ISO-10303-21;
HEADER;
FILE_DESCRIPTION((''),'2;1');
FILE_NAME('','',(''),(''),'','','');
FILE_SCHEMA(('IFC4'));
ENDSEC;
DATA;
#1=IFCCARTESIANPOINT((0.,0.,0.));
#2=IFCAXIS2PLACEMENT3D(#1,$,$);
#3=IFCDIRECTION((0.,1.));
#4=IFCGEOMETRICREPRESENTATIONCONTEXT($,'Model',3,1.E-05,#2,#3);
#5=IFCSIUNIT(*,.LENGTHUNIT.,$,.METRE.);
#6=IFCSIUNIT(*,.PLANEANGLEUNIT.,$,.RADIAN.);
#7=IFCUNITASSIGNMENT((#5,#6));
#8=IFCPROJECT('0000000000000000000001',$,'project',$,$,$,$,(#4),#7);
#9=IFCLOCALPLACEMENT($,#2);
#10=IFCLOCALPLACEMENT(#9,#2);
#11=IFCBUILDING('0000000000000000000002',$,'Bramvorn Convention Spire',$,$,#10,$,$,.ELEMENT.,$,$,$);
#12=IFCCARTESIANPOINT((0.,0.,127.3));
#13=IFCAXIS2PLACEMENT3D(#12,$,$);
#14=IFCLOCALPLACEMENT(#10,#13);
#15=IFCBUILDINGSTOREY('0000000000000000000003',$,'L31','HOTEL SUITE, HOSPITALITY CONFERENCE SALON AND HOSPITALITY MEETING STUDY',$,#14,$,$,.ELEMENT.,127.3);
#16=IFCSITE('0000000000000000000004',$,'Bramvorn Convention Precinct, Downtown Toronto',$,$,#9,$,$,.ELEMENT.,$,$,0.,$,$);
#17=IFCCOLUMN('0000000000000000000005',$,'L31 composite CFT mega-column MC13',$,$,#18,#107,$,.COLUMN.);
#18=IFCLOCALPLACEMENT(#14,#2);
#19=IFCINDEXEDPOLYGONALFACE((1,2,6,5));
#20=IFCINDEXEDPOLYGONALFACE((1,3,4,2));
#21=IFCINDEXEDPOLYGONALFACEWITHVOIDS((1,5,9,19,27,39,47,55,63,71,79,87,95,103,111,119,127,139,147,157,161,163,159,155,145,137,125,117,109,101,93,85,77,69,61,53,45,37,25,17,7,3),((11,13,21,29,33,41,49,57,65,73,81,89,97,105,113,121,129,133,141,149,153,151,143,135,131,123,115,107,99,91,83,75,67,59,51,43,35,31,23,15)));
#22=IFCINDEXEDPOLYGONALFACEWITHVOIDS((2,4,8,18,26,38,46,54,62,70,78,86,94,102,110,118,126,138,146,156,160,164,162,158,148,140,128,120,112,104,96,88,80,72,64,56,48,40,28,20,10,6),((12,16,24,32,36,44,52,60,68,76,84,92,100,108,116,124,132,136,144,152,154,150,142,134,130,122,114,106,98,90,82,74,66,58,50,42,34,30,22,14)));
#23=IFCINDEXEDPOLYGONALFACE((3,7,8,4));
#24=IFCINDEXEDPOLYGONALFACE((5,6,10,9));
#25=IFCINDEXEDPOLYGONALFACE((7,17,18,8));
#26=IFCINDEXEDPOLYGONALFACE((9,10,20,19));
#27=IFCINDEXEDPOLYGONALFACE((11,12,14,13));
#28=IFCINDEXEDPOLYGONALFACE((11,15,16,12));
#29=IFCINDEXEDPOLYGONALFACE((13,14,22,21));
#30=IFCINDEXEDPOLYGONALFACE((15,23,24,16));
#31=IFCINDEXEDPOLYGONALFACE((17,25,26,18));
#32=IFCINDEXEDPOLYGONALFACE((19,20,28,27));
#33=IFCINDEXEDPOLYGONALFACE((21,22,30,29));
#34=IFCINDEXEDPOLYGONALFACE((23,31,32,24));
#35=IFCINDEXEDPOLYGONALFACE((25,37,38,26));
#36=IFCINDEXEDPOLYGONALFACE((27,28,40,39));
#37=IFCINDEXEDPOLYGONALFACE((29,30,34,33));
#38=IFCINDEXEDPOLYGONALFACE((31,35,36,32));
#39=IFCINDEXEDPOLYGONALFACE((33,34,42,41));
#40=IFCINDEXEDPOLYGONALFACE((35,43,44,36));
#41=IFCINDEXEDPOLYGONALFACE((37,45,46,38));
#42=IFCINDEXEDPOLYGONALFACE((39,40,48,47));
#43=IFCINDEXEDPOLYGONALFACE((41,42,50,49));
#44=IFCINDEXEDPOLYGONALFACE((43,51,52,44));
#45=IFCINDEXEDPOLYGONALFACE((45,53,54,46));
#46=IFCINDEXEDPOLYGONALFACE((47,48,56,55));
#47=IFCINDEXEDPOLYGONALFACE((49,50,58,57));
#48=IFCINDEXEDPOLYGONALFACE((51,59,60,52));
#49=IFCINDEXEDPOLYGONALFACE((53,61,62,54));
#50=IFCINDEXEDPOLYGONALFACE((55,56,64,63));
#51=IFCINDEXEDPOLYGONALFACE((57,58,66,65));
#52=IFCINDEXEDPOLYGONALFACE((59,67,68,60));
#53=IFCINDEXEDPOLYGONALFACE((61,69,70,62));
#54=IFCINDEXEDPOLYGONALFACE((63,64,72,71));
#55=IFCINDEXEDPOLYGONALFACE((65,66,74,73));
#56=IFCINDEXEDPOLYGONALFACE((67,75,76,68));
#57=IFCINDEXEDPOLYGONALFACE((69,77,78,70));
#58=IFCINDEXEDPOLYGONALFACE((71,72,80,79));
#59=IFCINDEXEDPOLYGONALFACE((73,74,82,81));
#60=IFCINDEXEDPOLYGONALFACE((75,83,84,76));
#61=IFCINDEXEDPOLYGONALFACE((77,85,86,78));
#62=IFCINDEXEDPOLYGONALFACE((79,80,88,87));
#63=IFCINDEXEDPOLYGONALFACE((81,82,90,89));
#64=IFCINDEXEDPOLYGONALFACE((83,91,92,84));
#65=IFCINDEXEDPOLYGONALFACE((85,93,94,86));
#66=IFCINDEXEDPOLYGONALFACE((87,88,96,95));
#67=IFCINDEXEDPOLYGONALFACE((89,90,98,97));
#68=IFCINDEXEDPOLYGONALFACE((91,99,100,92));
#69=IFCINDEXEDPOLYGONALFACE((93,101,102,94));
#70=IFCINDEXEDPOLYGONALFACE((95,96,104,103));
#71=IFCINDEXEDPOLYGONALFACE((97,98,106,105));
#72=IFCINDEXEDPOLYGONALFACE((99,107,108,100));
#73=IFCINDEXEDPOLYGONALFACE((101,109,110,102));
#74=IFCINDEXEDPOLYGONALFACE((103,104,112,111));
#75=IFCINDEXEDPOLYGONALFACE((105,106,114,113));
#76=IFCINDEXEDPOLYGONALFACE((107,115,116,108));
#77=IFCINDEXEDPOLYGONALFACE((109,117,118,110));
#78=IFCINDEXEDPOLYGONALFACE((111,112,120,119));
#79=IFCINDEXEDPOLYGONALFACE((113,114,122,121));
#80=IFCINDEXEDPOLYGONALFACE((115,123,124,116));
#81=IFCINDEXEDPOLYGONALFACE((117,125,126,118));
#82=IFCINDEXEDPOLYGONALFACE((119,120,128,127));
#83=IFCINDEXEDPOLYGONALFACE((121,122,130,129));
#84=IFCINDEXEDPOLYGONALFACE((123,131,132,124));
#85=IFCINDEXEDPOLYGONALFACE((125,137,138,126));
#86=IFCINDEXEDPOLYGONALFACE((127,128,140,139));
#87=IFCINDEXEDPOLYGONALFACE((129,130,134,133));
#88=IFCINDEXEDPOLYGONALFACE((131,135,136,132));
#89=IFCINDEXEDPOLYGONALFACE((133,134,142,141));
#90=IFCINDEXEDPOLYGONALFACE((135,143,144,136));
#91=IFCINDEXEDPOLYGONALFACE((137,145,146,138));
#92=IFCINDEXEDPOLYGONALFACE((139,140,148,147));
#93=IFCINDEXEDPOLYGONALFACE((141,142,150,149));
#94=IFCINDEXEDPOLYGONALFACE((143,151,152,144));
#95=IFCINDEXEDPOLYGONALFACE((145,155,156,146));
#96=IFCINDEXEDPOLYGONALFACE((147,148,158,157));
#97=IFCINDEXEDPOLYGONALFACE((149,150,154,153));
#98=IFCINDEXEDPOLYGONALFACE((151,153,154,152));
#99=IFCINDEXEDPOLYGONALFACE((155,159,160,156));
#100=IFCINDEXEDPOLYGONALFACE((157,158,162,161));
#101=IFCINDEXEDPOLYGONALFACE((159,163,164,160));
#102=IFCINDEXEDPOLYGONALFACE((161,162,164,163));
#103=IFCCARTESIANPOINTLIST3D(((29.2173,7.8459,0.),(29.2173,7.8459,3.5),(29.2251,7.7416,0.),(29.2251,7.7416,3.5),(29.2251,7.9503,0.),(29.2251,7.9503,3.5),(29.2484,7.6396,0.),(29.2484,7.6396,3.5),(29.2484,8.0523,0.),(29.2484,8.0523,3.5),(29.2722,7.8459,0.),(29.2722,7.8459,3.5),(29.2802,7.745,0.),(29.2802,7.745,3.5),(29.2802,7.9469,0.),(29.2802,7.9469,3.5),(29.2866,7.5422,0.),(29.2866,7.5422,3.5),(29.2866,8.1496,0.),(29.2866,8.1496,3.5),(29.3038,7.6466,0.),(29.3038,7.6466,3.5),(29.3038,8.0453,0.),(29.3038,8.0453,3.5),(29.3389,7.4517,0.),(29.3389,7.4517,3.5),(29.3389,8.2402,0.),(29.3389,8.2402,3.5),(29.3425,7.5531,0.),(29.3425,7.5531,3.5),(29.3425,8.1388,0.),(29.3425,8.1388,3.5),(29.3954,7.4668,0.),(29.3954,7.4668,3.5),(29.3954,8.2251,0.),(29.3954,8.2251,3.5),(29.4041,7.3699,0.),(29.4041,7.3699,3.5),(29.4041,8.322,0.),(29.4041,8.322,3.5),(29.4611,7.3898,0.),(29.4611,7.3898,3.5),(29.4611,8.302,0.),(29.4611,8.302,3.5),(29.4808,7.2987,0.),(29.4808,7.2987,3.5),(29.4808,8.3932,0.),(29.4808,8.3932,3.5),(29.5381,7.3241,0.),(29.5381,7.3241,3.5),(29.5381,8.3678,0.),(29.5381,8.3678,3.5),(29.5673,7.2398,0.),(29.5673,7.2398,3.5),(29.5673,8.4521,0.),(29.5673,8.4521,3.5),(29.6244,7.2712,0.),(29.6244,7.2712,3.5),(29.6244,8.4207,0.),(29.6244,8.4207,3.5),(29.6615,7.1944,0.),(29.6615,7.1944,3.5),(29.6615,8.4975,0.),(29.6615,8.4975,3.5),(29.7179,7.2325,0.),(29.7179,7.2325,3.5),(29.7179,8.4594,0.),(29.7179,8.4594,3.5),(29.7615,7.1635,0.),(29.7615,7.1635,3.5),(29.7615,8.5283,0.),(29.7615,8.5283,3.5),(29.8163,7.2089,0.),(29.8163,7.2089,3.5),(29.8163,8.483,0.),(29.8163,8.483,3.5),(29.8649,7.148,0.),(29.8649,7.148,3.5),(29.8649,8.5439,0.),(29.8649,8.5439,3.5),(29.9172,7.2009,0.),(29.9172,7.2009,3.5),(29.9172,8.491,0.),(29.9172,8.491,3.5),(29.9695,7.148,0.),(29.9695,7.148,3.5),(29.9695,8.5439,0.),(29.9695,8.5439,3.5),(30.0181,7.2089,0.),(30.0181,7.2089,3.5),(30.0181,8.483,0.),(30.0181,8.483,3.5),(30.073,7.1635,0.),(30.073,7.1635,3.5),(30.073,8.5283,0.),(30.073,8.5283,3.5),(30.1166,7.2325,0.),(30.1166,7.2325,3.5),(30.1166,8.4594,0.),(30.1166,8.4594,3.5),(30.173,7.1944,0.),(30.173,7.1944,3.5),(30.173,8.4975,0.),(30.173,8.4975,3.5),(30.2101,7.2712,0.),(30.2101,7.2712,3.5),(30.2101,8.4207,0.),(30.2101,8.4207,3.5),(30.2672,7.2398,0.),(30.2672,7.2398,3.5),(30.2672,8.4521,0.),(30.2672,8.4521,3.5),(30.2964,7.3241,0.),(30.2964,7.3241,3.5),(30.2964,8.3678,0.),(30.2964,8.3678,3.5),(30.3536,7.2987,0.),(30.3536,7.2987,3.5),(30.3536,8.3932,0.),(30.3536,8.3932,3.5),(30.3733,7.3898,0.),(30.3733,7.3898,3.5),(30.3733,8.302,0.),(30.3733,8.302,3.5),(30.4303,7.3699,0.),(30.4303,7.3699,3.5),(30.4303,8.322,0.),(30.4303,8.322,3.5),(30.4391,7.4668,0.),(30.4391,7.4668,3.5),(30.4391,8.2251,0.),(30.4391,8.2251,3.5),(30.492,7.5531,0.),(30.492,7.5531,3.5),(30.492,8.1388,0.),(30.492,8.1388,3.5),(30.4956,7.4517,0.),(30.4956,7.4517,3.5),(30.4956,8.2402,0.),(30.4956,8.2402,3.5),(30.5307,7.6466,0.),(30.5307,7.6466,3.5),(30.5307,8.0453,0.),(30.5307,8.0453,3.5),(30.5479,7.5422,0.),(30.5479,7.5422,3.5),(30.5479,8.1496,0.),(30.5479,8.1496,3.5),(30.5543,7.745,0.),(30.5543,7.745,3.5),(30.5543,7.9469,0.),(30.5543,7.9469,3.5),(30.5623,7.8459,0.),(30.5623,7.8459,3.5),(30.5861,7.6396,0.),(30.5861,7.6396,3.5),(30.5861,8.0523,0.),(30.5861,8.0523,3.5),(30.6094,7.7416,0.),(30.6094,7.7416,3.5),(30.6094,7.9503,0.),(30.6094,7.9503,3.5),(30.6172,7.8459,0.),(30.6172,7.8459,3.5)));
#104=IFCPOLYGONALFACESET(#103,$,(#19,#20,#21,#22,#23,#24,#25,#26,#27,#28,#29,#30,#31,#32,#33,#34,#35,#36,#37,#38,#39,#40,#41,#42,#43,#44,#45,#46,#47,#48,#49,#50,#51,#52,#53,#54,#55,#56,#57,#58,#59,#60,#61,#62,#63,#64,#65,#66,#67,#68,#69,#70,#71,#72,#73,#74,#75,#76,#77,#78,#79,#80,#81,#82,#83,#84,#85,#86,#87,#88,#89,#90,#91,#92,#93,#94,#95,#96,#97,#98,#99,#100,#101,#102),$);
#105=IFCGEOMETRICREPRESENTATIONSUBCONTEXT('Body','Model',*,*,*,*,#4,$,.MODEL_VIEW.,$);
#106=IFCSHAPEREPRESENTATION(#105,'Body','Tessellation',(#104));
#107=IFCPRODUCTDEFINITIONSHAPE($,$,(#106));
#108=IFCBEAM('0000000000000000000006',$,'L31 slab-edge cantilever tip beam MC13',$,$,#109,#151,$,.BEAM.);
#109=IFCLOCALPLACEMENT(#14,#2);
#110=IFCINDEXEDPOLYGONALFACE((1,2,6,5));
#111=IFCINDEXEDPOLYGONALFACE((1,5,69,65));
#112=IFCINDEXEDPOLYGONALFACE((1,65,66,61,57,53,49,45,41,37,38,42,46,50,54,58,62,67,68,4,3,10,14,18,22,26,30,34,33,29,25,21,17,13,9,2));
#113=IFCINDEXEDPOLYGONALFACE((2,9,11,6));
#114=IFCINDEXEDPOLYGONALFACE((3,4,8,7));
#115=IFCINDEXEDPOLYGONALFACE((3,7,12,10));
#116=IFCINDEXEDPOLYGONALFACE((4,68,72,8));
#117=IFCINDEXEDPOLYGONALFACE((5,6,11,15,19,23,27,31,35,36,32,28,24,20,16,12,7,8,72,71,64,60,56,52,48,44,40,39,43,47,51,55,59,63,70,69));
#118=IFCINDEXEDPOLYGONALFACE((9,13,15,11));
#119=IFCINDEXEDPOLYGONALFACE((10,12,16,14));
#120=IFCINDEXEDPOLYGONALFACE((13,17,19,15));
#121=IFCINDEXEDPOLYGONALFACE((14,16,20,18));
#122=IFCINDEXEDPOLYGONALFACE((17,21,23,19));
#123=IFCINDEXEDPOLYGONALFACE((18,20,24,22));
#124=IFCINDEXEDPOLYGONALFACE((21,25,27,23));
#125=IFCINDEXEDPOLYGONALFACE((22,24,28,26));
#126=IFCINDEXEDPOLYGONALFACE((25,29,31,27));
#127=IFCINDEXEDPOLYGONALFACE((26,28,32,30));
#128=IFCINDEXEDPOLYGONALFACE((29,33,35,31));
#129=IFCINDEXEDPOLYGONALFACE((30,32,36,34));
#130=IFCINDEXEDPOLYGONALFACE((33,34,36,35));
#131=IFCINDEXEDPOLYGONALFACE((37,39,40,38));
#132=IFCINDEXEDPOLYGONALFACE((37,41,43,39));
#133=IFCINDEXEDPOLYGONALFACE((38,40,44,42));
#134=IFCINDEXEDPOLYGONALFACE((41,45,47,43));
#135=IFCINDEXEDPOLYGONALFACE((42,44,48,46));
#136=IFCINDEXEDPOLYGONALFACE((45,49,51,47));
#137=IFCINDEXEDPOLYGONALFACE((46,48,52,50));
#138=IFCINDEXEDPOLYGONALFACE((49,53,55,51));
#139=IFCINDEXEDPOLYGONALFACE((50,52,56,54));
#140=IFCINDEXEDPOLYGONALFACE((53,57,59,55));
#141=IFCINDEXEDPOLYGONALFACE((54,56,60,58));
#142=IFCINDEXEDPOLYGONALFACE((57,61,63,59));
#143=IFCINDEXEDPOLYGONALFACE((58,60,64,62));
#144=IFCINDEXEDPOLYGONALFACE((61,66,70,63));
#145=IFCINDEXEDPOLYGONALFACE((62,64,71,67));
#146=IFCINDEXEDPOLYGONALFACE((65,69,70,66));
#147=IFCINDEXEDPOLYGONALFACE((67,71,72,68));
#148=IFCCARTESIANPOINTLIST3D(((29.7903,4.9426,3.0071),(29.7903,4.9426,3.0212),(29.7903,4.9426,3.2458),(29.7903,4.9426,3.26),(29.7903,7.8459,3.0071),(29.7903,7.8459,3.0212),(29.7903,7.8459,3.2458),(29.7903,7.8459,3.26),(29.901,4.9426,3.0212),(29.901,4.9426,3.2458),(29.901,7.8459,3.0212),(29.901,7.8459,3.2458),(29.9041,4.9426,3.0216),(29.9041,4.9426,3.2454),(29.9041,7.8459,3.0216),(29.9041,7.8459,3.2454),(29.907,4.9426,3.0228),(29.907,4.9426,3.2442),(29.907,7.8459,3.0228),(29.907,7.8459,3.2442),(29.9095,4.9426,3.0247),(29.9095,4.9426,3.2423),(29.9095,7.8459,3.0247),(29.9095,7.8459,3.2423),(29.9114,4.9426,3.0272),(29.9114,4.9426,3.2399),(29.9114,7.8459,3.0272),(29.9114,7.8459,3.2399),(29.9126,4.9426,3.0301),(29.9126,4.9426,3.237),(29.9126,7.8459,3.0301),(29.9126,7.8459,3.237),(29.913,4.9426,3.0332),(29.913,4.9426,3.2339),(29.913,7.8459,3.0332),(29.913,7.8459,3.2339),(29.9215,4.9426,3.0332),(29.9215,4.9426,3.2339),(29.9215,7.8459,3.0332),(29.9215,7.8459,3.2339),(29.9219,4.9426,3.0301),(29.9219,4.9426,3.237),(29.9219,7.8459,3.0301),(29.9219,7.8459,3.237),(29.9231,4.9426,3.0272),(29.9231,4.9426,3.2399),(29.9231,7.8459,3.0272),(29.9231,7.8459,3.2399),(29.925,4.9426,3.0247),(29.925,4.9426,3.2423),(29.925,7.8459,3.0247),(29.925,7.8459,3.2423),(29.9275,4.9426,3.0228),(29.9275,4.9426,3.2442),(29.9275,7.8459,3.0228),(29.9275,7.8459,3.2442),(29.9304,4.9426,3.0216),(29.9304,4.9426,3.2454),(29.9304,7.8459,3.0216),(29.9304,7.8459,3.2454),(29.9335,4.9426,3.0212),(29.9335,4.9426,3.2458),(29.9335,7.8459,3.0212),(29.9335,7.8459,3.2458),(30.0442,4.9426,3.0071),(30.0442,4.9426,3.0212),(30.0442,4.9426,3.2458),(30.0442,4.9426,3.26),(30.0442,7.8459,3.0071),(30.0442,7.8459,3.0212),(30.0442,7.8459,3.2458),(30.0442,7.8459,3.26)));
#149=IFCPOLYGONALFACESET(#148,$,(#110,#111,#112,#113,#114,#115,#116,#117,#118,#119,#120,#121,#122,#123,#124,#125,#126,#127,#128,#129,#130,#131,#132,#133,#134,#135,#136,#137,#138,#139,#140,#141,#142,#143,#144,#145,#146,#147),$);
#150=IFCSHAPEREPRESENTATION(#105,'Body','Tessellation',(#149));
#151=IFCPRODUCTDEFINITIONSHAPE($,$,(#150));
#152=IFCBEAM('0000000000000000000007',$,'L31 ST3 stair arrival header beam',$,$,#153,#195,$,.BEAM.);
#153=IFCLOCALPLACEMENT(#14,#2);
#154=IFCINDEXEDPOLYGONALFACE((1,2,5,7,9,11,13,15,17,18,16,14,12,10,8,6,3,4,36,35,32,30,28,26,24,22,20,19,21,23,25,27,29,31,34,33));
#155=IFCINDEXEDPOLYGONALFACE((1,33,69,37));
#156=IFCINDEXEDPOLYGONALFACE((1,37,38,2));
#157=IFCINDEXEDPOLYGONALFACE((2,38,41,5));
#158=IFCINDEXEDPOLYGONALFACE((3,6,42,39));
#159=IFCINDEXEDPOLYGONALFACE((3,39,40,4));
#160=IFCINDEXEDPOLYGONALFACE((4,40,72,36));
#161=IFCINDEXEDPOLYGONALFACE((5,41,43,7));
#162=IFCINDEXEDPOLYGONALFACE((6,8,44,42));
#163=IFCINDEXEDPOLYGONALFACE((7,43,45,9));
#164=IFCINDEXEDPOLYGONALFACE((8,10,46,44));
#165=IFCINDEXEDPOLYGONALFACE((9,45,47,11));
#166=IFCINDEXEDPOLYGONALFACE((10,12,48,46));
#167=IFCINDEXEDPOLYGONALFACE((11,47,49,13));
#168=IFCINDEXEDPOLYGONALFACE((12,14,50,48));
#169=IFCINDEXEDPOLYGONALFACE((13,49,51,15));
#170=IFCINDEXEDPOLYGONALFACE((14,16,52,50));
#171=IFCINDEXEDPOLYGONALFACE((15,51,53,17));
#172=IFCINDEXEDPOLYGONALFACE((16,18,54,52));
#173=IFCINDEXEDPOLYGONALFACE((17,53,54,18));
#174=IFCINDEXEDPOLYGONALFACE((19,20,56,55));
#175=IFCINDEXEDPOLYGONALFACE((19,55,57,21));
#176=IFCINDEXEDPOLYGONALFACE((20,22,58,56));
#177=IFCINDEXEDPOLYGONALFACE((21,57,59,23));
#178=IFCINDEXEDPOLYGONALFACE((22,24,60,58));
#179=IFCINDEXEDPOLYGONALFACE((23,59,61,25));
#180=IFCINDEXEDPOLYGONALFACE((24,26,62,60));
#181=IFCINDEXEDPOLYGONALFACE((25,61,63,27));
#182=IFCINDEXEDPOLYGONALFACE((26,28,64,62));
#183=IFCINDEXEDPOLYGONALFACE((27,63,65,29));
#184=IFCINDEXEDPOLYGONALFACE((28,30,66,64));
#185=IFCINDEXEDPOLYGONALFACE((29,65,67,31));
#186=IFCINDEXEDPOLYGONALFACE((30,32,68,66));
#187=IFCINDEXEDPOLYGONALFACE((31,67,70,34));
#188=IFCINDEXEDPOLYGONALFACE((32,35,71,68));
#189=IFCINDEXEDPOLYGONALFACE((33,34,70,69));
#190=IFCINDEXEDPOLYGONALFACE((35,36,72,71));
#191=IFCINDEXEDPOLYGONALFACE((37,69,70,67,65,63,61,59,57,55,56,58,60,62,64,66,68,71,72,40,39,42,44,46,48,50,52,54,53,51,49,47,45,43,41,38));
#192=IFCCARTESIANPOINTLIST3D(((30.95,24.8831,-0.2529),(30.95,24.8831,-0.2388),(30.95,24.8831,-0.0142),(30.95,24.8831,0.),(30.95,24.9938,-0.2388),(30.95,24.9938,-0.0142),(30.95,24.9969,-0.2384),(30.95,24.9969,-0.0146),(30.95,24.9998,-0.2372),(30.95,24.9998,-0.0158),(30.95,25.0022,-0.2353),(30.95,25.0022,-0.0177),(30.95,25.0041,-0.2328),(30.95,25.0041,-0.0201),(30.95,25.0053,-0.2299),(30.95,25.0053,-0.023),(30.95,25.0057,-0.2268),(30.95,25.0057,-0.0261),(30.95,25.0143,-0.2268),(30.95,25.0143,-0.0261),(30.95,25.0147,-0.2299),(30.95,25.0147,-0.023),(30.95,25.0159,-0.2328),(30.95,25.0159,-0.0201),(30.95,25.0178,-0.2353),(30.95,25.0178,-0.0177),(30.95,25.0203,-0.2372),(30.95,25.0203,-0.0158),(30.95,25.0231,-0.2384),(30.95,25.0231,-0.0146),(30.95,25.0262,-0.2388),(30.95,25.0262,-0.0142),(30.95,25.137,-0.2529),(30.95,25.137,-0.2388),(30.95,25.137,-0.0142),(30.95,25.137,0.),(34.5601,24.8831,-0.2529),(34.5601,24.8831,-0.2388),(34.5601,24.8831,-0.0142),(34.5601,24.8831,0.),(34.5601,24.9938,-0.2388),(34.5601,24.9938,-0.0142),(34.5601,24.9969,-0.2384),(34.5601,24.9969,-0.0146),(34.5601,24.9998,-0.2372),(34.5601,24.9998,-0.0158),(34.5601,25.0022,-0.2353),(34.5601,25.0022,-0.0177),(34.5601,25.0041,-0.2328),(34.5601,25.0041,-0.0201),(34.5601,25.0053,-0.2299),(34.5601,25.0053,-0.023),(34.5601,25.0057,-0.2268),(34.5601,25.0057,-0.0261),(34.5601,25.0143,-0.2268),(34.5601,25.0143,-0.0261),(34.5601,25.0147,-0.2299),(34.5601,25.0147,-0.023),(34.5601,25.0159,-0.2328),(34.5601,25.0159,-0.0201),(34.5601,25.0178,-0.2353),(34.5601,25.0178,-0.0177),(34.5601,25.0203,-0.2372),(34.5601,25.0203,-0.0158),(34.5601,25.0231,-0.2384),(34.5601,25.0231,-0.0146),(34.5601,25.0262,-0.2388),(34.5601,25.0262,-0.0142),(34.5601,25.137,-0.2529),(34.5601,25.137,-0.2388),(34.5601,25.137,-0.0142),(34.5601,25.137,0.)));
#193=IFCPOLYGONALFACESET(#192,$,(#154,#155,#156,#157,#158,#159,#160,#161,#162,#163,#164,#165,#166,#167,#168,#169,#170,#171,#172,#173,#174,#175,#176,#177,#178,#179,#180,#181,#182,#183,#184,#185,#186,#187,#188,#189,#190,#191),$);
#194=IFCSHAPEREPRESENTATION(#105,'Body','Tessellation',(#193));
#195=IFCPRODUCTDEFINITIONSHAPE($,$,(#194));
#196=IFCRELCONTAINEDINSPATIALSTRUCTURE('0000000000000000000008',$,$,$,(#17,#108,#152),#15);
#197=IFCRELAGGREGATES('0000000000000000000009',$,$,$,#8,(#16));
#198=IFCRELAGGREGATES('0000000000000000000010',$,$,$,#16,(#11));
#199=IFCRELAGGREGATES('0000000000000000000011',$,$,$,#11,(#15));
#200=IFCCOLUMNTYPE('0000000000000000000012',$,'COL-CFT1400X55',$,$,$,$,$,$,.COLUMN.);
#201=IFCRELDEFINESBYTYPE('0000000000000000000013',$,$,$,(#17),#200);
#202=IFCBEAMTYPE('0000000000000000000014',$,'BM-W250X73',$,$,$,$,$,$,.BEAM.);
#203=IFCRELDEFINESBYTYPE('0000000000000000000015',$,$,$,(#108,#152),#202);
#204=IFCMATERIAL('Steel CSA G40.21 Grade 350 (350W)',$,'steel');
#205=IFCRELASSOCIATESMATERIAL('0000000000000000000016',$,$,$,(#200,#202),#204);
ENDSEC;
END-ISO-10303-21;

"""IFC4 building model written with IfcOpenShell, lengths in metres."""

from ifc_helpers import new_model, si_unit, direction, frame, origin, origin_2d, place, context, subcontext, project, spatial, hollow_circle, i_section, extrude, material, material_profile, profile_set, type_object, element, save


model = new_model("IFC4")

# Units and contexts
model_context = context("Model", 3, precision=1e-05, world=origin(), true_north=direction((0.0, 1.0)))
body_context = subcontext(model_context, "Body", "Model", "MODEL_VIEW")
ifc_project = project(units=[si_unit("LENGTHUNIT", "METRE"), si_unit("PLANEANGLEUNIT", "RADIAN")], contexts=[model_context])

# Site, building, storey
site_placement = place(None, origin())
site = spatial("IfcSite", under=ifc_project, at=site_placement, Name="Bramvorn Convention Precinct, Downtown Toronto", CompositionType="ELEMENT", RefElevation=0.0)
building_placement = place(site_placement, origin())
building = spatial("IfcBuilding", under=site, at=building_placement, Name="Bramvorn Convention Spire", CompositionType="ELEMENT")
storey_placement = place(building_placement, frame((0.0, 0.0, 127.3)))
storey = spatial("IfcBuildingStorey", under=building, at=storey_placement, Name="L31", Description="HOTEL SUITE, HOSPITALITY CONFERENCE SALON AND HOSPITALITY MEETING STUDY", CompositionType="ELEMENT", Elevation=127.3)

# Column
ifc_material_1 = material(Name="Steel CSA G40.21 Grade 350 (350W)", Category="steel")
ifc_material_profile_1 = material_profile(ifc_material_1, hollow_circle(Radius=0.7, WallThickness=0.0549, at=origin_2d()))
ifc_profile_set_1 = profile_set([ifc_material_profile_1], Name="Steel CSA G40.21 Grade 350 (350W) - CFT1400X55")
column_type = type_object("IfcColumnType", Name="COL-CFT1400X55", PredefinedType="COLUMN", material=ifc_profile_set_1)
column_placement = place(storey_placement, frame((29.9172, 7.8459, 0.0), z_axis=(0.0, 0.0, 1.0), x_axis=(1.0, 0.0, 0.0)))
element("IfcColumn", 1, at=column_placement, inside=storey, type_object=column_type, Name="L31 composite CFT mega-column MC13", PredefinedType="COLUMN", context=body_context, shape_type="SweptSolid", body=[
    extrude(hollow_circle(Radius=0.7, WallThickness=0.0549, at=origin_2d()), origin(), (0.0, 0.0, 1.0), 3.5),
])

# Beams
ifc_material_profile_2 = material_profile(ifc_material_1, i_section(OverallWidth=0.2539, OverallDepth=0.2529, WebThickness=0.0085, FlangeThickness=0.0142, FilletRadius=0.012, at=origin_2d()))
ifc_profile_set_2 = profile_set([ifc_material_profile_2], Name="Steel CSA G40.21 Grade 350 (350W) - W250X73")
beam_type_1 = type_object("IfcBeamType", Name="BM-W250X73", PredefinedType="BEAM", material=ifc_profile_set_2)
beam_1_placement = place(storey_placement, frame((29.9172, 7.8459, 3.1335), z_axis=(0.0, -1.0, 0.0), x_axis=(1.0, 0.0, 0.0)))
element("IfcBeam", 2, at=beam_1_placement, inside=storey, type_object=beam_type_1, Name="L31 slab-edge cantilever tip beam MC13", PredefinedType="BEAM", context=body_context, shape_type="SweptSolid", body=[
    extrude(i_section(OverallWidth=0.2539, OverallDepth=0.2529, WebThickness=0.0085, FlangeThickness=0.0142, FilletRadius=0.012, at=origin_2d()), origin(), (0.0, 0.0, 1.0), 2.9033),
])
beam_2_placement = place(storey_placement, frame((30.95, 25.01, -0.1265), z_axis=(1.0, 0.0, 0.0), x_axis=(0.0, 1.0, 0.0)))
element("IfcBeam", 3, at=beam_2_placement, inside=storey, type_object=beam_type_1, Name="L31 ST3 stair arrival header beam", PredefinedType="BEAM", context=body_context, shape_type="SweptSolid", body=[
    extrude(i_section(OverallWidth=0.2539, OverallDepth=0.2529, WebThickness=0.0085, FlangeThickness=0.0142, FilletRadius=0.012, at=origin_2d()), origin(), (0.0, 0.0, 1.0), 3.6101),
])

save(model, "model.ifc")
